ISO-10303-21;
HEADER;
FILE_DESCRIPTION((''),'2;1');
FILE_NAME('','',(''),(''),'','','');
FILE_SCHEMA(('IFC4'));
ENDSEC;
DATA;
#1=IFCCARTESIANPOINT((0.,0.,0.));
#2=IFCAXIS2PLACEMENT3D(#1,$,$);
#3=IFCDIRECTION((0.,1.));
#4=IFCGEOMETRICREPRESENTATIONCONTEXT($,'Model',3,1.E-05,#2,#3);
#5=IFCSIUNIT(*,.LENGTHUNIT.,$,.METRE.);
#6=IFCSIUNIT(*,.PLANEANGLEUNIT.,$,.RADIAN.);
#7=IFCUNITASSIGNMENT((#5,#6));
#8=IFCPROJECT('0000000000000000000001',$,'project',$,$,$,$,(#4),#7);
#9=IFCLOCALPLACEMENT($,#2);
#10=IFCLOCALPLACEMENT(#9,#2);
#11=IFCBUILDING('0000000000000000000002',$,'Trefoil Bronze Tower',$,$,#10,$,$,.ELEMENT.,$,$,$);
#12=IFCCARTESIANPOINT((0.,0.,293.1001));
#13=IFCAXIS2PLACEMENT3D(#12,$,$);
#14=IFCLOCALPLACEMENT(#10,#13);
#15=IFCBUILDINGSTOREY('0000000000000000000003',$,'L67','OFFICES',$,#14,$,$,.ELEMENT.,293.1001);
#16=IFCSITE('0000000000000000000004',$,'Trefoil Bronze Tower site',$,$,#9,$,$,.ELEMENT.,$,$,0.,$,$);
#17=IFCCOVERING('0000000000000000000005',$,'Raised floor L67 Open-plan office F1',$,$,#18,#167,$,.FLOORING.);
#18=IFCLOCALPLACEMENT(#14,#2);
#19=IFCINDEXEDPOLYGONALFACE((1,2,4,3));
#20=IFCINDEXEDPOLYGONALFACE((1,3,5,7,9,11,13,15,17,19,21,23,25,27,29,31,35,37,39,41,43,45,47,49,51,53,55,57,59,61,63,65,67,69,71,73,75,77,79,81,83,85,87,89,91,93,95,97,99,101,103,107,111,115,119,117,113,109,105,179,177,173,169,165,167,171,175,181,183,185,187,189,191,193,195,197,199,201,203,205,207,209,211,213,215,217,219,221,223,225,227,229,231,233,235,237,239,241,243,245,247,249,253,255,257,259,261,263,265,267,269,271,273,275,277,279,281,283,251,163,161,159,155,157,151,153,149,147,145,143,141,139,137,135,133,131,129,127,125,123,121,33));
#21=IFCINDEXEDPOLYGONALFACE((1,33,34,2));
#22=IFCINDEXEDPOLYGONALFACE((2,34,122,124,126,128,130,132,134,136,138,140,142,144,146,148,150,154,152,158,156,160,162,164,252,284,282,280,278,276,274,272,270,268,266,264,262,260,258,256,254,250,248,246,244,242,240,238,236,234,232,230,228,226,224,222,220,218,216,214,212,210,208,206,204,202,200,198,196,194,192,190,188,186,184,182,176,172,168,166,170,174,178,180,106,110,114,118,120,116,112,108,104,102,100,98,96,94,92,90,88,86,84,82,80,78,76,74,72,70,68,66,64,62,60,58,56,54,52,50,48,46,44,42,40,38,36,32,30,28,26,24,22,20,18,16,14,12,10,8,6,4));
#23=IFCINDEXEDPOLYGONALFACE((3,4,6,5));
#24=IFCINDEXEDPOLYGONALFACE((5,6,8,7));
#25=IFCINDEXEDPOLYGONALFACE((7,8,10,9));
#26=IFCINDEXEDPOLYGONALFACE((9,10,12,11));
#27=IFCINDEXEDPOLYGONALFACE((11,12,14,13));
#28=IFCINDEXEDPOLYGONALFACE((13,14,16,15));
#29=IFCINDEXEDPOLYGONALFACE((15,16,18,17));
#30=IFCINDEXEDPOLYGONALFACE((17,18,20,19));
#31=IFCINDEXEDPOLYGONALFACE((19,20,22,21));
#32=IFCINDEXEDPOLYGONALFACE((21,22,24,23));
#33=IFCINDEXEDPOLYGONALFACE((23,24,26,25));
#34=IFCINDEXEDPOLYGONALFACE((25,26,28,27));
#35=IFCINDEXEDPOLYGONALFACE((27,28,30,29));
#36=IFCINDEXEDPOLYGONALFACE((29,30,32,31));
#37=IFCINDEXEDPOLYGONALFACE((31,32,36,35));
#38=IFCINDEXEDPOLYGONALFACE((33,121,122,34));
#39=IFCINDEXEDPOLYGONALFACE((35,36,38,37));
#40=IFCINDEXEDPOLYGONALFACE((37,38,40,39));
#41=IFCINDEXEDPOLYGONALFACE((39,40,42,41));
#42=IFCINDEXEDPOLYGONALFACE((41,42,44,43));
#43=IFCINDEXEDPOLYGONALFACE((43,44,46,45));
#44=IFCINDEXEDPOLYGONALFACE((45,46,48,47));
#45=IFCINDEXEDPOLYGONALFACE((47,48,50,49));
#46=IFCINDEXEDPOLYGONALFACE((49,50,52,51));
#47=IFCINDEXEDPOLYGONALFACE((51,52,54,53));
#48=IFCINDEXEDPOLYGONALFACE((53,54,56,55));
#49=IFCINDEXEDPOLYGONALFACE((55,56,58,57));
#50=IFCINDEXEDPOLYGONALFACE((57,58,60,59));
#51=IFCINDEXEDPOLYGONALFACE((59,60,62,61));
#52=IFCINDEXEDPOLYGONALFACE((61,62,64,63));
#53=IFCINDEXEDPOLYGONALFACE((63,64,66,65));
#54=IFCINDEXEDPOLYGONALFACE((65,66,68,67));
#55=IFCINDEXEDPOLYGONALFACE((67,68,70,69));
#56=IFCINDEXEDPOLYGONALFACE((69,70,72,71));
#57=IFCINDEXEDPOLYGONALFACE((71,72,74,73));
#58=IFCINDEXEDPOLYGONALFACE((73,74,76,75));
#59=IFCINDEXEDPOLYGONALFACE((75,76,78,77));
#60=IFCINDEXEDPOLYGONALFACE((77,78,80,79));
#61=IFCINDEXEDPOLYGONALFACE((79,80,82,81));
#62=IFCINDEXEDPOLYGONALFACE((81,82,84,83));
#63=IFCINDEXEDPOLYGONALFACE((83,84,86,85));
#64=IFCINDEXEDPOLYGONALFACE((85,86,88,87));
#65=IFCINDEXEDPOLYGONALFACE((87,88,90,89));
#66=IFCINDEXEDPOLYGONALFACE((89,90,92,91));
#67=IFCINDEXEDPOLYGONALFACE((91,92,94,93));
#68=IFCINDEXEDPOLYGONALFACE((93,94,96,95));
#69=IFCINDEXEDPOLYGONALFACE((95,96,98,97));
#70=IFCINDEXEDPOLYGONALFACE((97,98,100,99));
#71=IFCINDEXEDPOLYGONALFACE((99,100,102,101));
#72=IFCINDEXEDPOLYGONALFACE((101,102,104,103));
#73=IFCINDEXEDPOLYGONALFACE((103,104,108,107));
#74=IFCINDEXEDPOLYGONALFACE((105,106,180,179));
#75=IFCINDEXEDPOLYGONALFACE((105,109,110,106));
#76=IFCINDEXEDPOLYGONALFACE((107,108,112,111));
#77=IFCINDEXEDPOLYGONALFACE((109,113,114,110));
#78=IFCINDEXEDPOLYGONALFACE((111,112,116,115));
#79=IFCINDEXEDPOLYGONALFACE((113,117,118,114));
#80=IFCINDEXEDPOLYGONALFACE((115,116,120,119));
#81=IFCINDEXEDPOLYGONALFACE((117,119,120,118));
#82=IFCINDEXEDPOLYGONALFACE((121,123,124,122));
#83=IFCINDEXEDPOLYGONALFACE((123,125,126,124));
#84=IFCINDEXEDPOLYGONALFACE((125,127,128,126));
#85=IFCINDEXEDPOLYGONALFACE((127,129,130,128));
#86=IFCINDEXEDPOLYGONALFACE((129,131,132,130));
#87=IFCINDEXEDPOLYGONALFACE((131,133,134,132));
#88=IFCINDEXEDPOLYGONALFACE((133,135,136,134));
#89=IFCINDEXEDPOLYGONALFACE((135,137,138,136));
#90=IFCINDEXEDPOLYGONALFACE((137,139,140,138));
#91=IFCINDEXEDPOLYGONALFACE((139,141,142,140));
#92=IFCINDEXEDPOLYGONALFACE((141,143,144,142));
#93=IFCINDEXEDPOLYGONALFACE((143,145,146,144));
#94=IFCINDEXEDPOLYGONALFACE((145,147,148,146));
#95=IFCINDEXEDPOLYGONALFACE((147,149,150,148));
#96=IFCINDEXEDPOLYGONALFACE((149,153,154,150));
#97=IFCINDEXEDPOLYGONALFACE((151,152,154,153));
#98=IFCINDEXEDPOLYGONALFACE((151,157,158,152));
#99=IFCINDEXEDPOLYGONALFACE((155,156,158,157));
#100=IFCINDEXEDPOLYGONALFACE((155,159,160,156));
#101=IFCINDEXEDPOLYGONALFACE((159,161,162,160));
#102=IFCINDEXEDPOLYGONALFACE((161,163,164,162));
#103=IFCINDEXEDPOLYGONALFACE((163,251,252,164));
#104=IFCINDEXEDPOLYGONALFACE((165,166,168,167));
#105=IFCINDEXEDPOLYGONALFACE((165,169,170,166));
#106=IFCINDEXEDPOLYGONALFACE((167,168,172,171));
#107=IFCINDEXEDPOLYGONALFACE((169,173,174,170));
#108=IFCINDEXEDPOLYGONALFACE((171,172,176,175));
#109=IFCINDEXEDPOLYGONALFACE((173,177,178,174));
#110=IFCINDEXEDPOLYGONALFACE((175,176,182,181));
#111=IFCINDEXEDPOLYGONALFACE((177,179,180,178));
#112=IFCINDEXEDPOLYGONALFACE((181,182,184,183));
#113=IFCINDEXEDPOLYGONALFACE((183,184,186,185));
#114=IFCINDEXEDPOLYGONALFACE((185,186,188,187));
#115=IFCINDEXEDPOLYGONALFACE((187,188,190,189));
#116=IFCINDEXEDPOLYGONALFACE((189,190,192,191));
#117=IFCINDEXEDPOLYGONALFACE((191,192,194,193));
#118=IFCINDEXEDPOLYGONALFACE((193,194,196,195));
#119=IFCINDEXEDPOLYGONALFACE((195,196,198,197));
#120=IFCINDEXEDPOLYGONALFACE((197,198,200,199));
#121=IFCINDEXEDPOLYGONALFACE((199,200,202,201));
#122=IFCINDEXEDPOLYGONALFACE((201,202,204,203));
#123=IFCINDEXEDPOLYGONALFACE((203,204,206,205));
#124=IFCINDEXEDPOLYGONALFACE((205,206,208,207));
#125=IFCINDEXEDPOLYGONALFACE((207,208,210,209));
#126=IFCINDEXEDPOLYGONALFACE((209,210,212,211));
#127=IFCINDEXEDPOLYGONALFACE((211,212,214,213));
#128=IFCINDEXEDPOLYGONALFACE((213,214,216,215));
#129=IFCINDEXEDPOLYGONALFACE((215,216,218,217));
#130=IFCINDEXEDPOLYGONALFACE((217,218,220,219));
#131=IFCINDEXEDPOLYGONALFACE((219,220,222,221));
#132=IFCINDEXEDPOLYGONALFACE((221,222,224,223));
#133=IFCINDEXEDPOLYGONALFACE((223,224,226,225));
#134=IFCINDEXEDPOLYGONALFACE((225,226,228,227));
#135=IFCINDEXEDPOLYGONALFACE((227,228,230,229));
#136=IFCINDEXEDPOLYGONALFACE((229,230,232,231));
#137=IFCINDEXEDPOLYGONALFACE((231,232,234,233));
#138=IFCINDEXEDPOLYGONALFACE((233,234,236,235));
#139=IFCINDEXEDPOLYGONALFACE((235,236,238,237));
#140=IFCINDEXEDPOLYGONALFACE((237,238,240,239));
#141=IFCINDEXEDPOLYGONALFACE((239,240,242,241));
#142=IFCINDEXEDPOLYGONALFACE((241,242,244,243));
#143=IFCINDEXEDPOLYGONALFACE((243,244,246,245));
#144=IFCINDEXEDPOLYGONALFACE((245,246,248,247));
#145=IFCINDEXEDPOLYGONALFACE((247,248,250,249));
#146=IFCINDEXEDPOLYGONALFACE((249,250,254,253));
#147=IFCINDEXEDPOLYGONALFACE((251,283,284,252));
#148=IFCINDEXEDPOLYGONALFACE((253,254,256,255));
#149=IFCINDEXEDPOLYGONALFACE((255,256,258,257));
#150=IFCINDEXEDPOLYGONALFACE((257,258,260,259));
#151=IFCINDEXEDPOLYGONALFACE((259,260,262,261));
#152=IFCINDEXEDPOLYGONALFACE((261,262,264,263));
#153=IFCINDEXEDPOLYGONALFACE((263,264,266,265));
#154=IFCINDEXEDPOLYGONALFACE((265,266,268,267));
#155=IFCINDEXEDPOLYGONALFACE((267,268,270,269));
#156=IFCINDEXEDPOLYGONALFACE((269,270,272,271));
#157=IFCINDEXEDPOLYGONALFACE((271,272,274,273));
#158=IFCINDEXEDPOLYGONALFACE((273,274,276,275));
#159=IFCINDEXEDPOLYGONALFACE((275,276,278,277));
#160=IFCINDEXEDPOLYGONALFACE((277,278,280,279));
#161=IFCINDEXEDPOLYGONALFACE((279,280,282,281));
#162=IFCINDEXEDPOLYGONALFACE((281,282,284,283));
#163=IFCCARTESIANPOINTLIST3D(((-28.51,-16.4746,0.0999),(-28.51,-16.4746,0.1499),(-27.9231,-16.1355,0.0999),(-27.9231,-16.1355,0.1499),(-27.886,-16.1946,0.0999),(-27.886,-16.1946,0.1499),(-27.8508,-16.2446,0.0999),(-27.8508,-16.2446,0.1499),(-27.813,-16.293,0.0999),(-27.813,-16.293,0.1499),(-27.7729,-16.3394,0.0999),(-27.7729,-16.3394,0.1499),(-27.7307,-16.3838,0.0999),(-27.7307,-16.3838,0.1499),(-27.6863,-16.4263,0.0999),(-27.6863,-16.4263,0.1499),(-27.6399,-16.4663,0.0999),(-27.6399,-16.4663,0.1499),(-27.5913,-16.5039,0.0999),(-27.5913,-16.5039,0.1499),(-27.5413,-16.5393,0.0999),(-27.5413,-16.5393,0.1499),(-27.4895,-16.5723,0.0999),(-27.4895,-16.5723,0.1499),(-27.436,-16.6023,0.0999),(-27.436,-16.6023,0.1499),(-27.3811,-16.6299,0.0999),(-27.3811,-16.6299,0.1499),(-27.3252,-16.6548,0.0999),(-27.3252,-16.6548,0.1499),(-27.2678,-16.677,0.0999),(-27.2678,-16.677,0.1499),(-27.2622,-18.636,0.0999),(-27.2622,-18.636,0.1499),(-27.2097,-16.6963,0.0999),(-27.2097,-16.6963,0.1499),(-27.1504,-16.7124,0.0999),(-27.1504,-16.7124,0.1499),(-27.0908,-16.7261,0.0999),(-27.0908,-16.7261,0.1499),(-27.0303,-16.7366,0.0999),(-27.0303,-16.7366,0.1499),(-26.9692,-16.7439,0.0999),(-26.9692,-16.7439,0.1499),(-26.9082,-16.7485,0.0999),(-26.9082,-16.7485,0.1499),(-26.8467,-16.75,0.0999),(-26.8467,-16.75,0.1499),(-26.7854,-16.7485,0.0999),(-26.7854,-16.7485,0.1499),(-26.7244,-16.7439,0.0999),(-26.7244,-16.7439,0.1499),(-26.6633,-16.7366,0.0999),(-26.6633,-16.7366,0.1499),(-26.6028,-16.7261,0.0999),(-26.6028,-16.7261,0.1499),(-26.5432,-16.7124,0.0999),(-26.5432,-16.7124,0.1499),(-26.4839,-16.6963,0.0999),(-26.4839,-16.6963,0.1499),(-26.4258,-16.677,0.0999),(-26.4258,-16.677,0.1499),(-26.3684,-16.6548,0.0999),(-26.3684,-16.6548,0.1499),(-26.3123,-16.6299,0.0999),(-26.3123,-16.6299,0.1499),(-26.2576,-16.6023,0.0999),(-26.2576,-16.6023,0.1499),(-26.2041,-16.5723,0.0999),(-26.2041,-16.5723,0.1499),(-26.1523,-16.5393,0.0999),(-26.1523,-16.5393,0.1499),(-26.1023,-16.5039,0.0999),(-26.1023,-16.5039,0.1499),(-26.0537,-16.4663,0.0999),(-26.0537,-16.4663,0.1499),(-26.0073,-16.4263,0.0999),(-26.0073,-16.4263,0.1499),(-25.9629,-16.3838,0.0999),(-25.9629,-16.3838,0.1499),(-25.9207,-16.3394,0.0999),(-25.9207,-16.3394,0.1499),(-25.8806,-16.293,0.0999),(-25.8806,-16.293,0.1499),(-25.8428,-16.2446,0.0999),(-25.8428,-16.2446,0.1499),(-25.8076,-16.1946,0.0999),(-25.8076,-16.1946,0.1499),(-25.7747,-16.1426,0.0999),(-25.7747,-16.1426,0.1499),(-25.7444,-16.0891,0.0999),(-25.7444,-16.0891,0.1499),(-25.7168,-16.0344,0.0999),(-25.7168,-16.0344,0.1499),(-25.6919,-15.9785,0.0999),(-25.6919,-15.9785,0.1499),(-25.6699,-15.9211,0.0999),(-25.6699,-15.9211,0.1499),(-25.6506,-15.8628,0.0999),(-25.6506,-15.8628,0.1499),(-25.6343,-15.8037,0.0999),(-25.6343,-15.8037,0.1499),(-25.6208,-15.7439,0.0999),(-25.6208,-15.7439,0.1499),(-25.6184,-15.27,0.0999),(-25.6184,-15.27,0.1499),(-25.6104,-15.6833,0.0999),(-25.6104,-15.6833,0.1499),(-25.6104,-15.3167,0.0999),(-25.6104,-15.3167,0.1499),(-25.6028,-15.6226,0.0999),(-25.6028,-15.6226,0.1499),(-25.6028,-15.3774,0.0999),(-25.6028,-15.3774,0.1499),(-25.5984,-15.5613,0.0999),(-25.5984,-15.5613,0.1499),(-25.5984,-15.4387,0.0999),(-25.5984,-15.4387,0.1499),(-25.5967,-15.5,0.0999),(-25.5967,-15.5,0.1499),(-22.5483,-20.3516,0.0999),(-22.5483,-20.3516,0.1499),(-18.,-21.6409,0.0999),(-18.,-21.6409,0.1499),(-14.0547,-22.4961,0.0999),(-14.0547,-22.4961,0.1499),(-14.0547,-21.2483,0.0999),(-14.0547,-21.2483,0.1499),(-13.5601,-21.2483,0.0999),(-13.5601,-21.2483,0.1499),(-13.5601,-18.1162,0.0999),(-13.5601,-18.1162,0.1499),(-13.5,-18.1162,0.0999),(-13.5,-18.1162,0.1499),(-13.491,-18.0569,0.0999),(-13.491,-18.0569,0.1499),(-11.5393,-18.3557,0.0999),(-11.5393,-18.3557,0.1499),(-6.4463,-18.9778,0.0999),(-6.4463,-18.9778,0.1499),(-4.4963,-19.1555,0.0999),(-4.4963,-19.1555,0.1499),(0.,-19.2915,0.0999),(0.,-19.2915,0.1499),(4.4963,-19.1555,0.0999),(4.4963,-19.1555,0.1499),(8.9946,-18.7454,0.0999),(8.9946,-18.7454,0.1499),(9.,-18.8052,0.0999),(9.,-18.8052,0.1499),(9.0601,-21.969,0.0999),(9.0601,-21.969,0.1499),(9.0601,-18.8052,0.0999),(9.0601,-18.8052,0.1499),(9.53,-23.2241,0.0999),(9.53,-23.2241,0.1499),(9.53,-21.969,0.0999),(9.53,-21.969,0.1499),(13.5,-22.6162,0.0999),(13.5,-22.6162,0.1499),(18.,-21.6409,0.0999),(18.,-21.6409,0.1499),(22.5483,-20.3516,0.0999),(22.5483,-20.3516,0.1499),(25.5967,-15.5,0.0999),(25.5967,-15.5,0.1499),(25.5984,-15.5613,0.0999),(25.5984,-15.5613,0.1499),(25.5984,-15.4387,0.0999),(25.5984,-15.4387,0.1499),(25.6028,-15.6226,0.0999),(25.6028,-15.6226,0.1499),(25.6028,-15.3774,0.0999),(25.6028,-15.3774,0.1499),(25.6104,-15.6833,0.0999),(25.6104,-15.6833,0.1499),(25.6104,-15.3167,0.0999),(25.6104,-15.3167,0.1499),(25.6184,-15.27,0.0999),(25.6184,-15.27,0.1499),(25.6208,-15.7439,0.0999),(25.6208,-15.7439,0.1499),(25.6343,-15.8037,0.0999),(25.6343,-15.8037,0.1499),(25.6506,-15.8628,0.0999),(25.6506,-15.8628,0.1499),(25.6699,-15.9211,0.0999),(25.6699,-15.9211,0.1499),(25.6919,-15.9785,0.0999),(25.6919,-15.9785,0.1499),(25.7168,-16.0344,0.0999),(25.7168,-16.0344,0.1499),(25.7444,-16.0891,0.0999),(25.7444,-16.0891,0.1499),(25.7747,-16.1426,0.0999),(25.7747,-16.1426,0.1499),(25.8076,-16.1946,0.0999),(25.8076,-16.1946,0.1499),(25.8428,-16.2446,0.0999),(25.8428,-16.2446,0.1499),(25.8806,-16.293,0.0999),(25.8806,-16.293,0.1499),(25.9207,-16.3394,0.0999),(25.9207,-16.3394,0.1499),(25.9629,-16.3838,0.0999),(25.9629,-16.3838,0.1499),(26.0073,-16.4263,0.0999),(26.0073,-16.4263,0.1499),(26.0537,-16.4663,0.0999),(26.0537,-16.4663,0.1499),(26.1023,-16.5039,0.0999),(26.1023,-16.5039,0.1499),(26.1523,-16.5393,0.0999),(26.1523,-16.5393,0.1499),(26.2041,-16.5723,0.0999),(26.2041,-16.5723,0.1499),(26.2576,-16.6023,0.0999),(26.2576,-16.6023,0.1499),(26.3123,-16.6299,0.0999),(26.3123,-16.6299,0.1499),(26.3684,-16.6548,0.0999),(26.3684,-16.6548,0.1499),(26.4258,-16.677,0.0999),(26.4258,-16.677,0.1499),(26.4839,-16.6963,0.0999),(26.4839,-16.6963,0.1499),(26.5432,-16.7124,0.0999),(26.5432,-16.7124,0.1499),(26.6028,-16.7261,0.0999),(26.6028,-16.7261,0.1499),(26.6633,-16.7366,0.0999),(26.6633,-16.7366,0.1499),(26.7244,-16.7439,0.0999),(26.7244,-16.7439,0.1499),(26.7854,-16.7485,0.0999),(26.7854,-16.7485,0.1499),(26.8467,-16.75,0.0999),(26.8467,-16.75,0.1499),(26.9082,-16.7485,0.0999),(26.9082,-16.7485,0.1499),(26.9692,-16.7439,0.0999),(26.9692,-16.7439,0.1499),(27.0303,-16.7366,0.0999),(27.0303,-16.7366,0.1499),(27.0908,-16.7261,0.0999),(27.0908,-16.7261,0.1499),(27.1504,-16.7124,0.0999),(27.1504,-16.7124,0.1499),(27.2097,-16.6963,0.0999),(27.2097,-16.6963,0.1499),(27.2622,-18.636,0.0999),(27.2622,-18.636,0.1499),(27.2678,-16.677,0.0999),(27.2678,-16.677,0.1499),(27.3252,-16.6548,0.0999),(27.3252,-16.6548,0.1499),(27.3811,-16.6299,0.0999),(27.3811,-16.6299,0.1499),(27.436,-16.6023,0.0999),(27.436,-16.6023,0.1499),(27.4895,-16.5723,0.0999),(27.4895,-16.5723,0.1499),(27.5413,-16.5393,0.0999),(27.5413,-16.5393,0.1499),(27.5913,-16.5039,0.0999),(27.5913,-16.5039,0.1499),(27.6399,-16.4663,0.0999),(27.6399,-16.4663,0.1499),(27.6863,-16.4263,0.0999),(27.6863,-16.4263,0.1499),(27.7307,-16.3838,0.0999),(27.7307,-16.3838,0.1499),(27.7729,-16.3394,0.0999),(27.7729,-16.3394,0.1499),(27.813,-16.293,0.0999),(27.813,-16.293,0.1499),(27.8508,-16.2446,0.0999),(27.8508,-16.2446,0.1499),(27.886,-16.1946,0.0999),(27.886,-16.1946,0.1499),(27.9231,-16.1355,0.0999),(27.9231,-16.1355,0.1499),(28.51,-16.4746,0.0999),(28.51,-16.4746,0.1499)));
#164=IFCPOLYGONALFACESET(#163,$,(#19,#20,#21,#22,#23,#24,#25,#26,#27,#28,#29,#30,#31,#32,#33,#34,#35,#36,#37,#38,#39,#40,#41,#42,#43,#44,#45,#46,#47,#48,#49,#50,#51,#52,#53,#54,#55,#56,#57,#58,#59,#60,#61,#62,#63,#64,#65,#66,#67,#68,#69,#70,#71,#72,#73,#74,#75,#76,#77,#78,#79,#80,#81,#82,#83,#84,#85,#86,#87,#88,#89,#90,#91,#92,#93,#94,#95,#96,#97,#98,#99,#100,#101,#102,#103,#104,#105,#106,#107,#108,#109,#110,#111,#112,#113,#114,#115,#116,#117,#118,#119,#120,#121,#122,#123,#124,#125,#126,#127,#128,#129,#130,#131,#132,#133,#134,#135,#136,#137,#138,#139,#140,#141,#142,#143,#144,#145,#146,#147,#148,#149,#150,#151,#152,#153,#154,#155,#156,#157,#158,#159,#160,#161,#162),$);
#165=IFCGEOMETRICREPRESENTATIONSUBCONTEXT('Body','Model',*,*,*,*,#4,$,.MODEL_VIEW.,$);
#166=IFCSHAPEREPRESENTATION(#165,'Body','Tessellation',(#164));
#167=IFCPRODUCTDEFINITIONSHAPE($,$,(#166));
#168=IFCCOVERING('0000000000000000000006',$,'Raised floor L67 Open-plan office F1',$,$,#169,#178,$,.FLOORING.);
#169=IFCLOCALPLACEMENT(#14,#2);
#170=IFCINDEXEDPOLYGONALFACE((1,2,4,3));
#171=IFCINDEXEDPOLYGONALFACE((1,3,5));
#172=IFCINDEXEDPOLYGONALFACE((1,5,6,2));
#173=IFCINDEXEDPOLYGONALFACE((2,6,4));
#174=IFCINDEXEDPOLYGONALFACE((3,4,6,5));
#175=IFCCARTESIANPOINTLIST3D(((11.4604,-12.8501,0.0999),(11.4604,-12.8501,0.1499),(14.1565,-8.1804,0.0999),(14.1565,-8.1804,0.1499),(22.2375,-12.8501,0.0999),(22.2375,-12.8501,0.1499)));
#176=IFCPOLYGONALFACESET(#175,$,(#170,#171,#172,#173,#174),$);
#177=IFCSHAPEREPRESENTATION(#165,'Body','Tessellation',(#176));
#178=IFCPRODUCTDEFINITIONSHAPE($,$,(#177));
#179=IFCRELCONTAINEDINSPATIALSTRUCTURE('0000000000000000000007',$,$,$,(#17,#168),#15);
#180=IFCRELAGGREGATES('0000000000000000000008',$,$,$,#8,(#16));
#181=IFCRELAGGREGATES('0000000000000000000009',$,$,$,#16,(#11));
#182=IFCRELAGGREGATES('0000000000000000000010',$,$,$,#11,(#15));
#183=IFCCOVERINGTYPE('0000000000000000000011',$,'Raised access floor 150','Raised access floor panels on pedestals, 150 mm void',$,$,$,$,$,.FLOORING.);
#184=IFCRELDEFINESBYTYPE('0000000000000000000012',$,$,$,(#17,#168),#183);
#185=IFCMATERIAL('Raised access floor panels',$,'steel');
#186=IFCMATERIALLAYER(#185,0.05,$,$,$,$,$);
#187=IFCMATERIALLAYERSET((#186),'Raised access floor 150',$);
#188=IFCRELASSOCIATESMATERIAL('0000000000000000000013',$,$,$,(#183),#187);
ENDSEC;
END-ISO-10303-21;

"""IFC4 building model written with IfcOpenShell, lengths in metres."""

from ifc_helpers import new_model, si_unit, direction, frame, origin, place, context, subcontext, project, spatial, polyline, outline, extrude, material, layer, layer_set, type_object, element, save


model = new_model("IFC4")

# Units and contexts
model_context = context("Model", 3, precision=1e-05, world=origin(), true_north=direction((0.0, 1.0)))
body_context = subcontext(model_context, "Body", "Model", "MODEL_VIEW")
ifc_project = project(units=[si_unit("LENGTHUNIT", "METRE"), si_unit("PLANEANGLEUNIT", "RADIAN")], contexts=[model_context])

# Site, building, storey
site_placement = place(None, origin())
site = spatial("IfcSite", under=ifc_project, at=site_placement, Name="Trefoil Bronze Tower site", CompositionType="ELEMENT", RefElevation=0.0)
building_placement = place(site_placement, origin())
building = spatial("IfcBuilding", under=site, at=building_placement, Name="Trefoil Bronze Tower", CompositionType="ELEMENT")
storey_placement = place(building_placement, frame((0.0, 0.0, 293.1001)))
storey = spatial("IfcBuildingStorey", under=building, at=storey_placement, Name="L67", Description="OFFICES", CompositionType="ELEMENT", Elevation=293.1001)

# Coverings
ifc_material_1 = material(Name="Raised access floor panels", Category="steel")
ifc_layer_1 = layer(ifc_material_1, 0.05)
ifc_layer_set_1 = layer_set([ifc_layer_1], Name="Raised access floor 150")
covering_type_1 = type_object("IfcCoveringType", Name="Raised access floor 150", Description="Raised access floor panels on pedestals, 150 mm void", PredefinedType="FLOORING", material=ifc_layer_set_1)
covering_1_placement = place(storey_placement, frame((0.0, 0.0, 0.0999)))
element("IfcCovering", 1, at=covering_1_placement, inside=storey, type_object=covering_type_1, Name="Raised floor L67 Open-plan office F1", PredefinedType="FLOORING", context=body_context, shape_type="SweptSolid", body=[
    extrude(outline(polyline([(-25.6184, -15.27), (25.6184, -15.27), (25.6104, -15.3167), (25.6028, -15.3774), (25.5984, -15.4387), (25.5967, -15.5), (25.5984, -15.5613), (25.6028, -15.6226), (25.6104, -15.6833), (25.6208, -15.7439), (25.6343, -15.8037), (25.6506, -15.8628), (25.6699, -15.9211), (25.6919, -15.9785), (25.7168, -16.0344), (25.7444, -16.0891), (25.7747, -16.1426), (25.8076, -16.1946), (25.8428, -16.2446), (25.8806, -16.293), (25.9207, -16.3394), (25.9629, -16.3838), (26.0073, -16.4263), (26.0537, -16.4663), (26.1023, -16.5039), (26.1523, -16.5393), (26.2041, -16.5723), (26.2576, -16.6023), (26.3123, -16.6299), (26.3684, -16.6548), (26.4258, -16.677), (26.4839, -16.6963), (26.5432, -16.7124), (26.6028, -16.7261), (26.6633, -16.7366), (26.7244, -16.7439), (26.7854, -16.7485), (26.8467, -16.75), (26.9082, -16.7485), (26.9692, -16.7439), (27.0303, -16.7366), (27.0908, -16.7261), (27.1504, -16.7124), (27.2097, -16.6963), (27.2678, -16.677), (27.3252, -16.6548), (27.3811, -16.6299), (27.436, -16.6023), (27.4895, -16.5723), (27.5413, -16.5393), (27.5913, -16.5039), (27.6399, -16.4663), (27.6863, -16.4263), (27.7307, -16.3838), (27.7729, -16.3394), (27.813, -16.293), (27.8508, -16.2446), (27.886, -16.1946), (27.9231, -16.1355), (28.51, -16.4746), (27.2622, -18.636), (22.5483, -20.3516), (18.0, -21.6409), (13.5, -22.6162), (9.53, -23.2241), (9.53, -21.969), (9.0601, -21.969), (9.0601, -18.8052), (9.0, -18.8052), (8.9946, -18.7454), (4.4963, -19.1555), (0.0, -19.2915), (-4.4963, -19.1555), (-6.4463, -18.9778), (-11.5393, -18.3557), (-13.491, -18.0569), (-13.5, -18.1162), (-13.5601, -18.1162), (-13.5601, -21.2483), (-14.0547, -21.2483), (-14.0547, -22.4961), (-18.0, -21.6409), (-22.5483, -20.3516), (-27.2622, -18.636), (-28.51, -16.4746), (-27.9231, -16.1355), (-27.886, -16.1946), (-27.8508, -16.2446), (-27.813, -16.293), (-27.7729, -16.3394), (-27.7307, -16.3838), (-27.6863, -16.4263), (-27.6399, -16.4663), (-27.5913, -16.5039), (-27.5413, -16.5393), (-27.4895, -16.5723), (-27.436, -16.6023), (-27.3811, -16.6299), (-27.3252, -16.6548), (-27.2678, -16.677), (-27.2097, -16.6963), (-27.1504, -16.7124), (-27.0908, -16.7261), (-27.0303, -16.7366), (-26.9692, -16.7439), (-26.9082, -16.7485), (-26.8467, -16.75), (-26.7854, -16.7485), (-26.7244, -16.7439), (-26.6633, -16.7366), (-26.6028, -16.7261), (-26.5432, -16.7124), (-26.4839, -16.6963), (-26.4258, -16.677), (-26.3684, -16.6548), (-26.3123, -16.6299), (-26.2576, -16.6023), (-26.2041, -16.5723), (-26.1523, -16.5393), (-26.1023, -16.5039), (-26.0537, -16.4663), (-26.0073, -16.4263), (-25.9629, -16.3838), (-25.9207, -16.3394), (-25.8806, -16.293), (-25.8428, -16.2446), (-25.8076, -16.1946), (-25.7747, -16.1426), (-25.7444, -16.0891), (-25.7168, -16.0344), (-25.6919, -15.9785), (-25.6699, -15.9211), (-25.6506, -15.8628), (-25.6343, -15.8037), (-25.6208, -15.7439), (-25.6104, -15.6833), (-25.6028, -15.6226), (-25.5984, -15.5613), (-25.5967, -15.5), (-25.5984, -15.4387), (-25.6028, -15.3774), (-25.6104, -15.3167), (-25.6184, -15.27)])), origin(), (0.0, 0.0, 1.0), 0.05),
])
covering_2_placement = place(storey_placement, frame((0.0, 0.0, 0.0999)))
element("IfcCovering", 2, at=covering_2_placement, inside=storey, type_object=covering_type_1, Name="Raised floor L67 Open-plan office F1", PredefinedType="FLOORING", context=body_context, shape_type="SweptSolid", body=[
    extrude(outline(polyline([(14.1565, -8.1804), (22.2375, -12.8501), (11.4604, -12.8501), (14.1565, -8.1804)])), origin(), (0.0, 0.0, 1.0), 0.05),
])

save(model, "model.ifc")
